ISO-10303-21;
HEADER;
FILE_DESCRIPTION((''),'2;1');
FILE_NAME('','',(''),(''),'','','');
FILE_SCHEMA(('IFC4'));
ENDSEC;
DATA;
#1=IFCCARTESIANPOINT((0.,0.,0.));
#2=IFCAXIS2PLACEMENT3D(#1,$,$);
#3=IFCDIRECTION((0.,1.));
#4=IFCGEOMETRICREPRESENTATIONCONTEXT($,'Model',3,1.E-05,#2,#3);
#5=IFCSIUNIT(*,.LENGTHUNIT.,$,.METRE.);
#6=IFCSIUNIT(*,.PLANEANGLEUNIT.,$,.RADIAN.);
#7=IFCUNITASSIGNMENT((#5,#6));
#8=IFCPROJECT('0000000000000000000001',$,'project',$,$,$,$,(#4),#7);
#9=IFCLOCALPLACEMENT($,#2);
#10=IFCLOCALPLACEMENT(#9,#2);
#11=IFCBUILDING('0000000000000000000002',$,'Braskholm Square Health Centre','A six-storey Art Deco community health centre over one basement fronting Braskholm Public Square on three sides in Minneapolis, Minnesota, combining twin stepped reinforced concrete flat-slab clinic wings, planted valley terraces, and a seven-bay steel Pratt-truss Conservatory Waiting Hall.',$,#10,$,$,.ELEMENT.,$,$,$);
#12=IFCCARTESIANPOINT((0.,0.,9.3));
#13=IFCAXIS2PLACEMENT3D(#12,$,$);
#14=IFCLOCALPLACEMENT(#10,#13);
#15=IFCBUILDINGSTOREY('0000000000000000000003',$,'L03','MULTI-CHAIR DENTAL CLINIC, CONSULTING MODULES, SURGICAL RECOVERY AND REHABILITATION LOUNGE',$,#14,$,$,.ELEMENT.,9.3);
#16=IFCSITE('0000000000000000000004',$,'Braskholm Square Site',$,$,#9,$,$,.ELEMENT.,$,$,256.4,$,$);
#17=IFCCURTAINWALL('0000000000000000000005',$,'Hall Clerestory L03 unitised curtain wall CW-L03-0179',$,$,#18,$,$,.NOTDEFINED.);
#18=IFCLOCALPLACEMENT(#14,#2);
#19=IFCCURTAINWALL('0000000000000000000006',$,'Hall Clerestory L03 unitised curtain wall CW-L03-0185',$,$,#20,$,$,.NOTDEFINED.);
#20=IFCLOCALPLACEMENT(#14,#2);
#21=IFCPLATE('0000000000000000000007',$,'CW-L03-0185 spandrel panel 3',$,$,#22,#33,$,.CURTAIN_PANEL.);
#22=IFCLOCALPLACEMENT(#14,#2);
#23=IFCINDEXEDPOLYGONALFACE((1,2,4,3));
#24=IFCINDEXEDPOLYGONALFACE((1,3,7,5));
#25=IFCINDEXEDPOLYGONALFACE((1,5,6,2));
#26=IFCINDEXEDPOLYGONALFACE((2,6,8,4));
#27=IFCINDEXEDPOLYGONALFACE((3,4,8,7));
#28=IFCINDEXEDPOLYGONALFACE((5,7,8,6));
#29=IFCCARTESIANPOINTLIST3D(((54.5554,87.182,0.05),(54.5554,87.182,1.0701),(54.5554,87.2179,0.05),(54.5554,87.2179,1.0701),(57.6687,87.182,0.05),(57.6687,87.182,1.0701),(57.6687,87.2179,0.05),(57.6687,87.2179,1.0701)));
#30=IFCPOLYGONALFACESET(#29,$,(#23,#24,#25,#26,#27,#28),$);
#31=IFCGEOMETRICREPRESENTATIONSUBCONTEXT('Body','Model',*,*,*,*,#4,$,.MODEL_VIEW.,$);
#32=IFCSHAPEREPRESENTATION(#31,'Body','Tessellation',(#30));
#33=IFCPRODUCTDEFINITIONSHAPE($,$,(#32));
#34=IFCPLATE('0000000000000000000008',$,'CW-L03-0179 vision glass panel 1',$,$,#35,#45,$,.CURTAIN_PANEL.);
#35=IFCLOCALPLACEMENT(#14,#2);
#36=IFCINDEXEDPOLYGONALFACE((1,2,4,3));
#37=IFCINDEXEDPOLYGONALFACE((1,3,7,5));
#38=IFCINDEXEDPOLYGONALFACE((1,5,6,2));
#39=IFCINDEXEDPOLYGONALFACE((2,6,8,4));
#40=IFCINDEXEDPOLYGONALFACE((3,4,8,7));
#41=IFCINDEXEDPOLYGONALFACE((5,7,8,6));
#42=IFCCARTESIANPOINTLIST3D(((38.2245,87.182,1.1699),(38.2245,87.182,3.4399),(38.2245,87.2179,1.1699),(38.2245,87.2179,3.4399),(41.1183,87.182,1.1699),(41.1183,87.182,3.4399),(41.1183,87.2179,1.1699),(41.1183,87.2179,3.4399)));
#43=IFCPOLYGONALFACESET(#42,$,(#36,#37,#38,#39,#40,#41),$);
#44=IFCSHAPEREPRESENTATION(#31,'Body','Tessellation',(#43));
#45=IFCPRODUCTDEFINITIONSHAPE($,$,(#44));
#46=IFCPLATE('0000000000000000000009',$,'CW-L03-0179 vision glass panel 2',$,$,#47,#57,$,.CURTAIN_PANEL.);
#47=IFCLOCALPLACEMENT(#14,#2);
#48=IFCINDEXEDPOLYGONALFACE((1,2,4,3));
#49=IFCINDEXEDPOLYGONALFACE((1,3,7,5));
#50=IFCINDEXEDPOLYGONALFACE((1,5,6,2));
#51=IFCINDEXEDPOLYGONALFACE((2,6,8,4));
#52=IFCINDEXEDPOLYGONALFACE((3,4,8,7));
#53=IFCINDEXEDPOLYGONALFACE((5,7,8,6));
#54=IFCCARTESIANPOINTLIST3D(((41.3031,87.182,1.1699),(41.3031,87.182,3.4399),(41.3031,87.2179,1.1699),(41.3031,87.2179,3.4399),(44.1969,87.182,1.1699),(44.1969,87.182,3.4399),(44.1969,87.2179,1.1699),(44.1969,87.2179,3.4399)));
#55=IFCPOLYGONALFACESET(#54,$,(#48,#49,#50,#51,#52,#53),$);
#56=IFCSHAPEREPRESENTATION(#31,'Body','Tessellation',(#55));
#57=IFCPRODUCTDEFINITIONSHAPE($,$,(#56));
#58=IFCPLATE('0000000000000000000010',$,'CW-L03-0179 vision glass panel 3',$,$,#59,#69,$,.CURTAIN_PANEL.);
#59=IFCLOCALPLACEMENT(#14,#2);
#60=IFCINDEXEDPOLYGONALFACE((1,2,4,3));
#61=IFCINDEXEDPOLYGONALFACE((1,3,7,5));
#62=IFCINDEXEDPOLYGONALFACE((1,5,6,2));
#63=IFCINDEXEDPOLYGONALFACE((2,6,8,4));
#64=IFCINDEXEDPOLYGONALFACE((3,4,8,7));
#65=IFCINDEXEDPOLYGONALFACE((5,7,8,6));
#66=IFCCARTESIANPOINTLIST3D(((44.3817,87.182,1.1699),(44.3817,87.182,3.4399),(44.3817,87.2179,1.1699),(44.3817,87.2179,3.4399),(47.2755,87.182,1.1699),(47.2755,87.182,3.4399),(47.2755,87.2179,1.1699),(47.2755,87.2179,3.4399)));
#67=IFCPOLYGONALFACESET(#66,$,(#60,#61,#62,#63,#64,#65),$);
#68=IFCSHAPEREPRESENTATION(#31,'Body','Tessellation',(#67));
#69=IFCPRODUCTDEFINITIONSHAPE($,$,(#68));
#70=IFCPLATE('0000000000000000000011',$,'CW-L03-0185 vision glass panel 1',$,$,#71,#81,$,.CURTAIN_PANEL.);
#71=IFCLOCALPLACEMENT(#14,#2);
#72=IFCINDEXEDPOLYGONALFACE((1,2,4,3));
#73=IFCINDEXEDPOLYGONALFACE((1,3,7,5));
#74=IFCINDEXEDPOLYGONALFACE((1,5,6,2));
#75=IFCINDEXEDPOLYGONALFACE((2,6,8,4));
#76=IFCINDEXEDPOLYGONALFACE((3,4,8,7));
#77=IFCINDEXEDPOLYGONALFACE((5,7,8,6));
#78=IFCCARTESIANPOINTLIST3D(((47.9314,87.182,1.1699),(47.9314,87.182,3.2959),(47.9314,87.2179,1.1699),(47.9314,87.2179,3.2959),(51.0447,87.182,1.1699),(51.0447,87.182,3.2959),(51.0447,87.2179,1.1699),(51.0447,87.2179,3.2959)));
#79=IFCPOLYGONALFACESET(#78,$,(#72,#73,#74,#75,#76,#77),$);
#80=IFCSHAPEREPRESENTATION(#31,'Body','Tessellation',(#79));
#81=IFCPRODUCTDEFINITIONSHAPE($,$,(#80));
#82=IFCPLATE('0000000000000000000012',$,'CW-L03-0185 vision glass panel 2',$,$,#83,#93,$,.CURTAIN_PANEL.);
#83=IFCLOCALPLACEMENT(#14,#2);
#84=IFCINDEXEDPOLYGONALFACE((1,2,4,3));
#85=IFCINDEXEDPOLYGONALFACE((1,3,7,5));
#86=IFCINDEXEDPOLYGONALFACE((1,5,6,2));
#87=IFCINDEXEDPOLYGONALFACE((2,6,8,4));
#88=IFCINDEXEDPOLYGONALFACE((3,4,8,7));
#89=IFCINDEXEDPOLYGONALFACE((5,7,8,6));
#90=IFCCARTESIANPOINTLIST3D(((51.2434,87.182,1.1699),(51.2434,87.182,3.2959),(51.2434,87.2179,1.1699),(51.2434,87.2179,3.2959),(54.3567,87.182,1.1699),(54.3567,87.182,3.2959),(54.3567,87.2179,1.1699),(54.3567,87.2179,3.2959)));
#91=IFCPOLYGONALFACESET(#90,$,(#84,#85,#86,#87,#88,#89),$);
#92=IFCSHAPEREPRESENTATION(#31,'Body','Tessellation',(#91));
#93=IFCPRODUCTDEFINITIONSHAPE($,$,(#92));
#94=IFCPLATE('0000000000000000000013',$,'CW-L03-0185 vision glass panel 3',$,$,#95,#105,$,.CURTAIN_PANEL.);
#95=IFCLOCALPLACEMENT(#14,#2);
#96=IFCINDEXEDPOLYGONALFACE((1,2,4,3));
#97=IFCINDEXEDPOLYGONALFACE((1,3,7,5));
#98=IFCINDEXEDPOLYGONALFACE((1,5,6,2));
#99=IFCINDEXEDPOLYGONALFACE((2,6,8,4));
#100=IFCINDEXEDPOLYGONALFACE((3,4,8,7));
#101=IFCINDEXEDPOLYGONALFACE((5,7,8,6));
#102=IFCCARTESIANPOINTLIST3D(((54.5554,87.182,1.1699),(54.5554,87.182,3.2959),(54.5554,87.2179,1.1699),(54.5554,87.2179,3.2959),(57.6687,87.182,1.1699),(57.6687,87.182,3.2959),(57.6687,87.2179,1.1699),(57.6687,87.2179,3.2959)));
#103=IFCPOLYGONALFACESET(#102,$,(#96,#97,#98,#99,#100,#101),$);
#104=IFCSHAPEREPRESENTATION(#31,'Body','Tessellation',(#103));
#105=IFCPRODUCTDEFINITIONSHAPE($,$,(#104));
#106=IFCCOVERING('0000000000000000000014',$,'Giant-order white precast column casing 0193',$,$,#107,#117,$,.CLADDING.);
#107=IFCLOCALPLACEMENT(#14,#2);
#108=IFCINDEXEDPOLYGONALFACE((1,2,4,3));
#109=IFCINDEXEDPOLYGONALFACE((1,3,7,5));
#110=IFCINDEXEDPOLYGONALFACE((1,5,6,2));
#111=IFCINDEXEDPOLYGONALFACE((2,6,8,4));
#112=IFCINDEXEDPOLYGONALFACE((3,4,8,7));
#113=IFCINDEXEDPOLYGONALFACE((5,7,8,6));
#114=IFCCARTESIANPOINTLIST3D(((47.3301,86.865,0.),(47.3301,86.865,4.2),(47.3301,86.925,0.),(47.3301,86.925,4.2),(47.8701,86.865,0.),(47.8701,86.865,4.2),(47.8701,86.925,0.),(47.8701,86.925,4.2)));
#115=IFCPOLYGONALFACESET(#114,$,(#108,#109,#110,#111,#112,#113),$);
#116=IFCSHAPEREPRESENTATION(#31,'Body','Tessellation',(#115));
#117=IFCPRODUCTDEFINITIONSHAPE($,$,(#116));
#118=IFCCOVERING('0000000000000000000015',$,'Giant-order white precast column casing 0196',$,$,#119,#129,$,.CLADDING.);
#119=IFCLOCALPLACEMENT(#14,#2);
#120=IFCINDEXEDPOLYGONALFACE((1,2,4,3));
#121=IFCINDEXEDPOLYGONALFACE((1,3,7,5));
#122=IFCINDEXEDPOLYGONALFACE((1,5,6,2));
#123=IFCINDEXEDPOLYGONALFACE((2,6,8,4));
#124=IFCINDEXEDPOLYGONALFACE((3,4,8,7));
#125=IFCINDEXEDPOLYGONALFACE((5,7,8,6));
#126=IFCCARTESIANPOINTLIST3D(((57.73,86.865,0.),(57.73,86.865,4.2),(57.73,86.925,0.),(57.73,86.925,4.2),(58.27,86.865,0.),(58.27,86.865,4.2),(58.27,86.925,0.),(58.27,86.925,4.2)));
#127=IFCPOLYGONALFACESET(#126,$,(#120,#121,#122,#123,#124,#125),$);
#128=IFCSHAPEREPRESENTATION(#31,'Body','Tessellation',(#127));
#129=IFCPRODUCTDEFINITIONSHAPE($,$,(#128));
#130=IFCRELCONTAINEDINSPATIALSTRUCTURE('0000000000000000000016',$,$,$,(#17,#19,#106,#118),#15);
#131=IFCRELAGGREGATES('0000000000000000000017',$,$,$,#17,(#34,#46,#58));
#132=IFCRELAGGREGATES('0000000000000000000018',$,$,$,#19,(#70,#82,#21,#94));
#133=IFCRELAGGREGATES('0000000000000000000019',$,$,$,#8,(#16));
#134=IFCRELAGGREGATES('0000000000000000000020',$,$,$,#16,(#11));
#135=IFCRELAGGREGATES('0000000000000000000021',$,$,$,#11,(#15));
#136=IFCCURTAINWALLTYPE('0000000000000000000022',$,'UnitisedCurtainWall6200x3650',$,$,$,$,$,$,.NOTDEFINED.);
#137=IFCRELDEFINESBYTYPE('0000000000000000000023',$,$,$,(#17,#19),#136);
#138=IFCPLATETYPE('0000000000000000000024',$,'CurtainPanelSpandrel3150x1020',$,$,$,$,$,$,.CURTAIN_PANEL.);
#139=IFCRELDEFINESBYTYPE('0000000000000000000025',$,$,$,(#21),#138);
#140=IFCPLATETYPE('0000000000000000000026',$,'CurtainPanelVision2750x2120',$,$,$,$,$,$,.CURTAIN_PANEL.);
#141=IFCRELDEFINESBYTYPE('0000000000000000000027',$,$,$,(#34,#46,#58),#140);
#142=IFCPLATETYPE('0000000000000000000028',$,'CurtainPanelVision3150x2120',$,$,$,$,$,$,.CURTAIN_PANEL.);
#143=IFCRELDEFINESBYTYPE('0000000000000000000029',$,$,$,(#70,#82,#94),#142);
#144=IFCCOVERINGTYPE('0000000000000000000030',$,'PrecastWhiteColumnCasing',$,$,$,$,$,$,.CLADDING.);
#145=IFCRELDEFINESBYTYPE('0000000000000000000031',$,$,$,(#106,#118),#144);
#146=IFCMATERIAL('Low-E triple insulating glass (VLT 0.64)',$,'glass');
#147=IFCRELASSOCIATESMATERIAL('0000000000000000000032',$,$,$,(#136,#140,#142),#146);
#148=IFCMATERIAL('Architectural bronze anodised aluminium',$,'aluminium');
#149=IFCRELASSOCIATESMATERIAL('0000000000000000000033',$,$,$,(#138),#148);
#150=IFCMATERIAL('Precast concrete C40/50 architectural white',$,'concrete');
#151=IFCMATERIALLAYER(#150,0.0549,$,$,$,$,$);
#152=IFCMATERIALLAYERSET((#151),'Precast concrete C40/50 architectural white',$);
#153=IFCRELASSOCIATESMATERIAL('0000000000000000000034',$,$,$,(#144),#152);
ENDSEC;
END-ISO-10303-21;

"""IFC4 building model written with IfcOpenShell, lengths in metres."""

from ifc_helpers import new_model, si_unit, direction, frame, origin, origin_2d, place, context, subcontext, project, spatial, rectangle, extrude, material, layer, layer_set, type_object, element, aggregate, save


model = new_model("IFC4")

# Units and contexts
model_context = context("Model", 3, precision=1e-05, world=origin(), true_north=direction((0.0, 1.0)))
body_context = subcontext(model_context, "Body", "Model", "MODEL_VIEW")
ifc_project = project(units=[si_unit("LENGTHUNIT", "METRE"), si_unit("PLANEANGLEUNIT", "RADIAN")], contexts=[model_context])

# Site, building, storey
site_placement = place(None, origin())
site = spatial("IfcSite", under=ifc_project, at=site_placement, Name="Braskholm Square Site", CompositionType="ELEMENT", RefElevation=256.4)
building_placement = place(site_placement, origin())
building = spatial("IfcBuilding", under=site, at=building_placement, Name="Braskholm Square Health Centre", Description="A six-storey Art Deco community health centre over one basement fronting Braskholm Public Square on three sides in Minneapolis, Minnesota, combining twin stepped reinforced concrete flat-slab clinic wings, planted valley terraces, and a seven-bay steel Pratt-truss Conservatory Waiting Hall.", CompositionType="ELEMENT")
storey_placement = place(building_placement, frame((0.0, 0.0, 9.3)))
storey = spatial("IfcBuildingStorey", under=building, at=storey_placement, Name="L03", Description="MULTI-CHAIR DENTAL CLINIC, CONSULTING MODULES, SURGICAL RECOVERY AND REHABILITATION LOUNGE", CompositionType="ELEMENT", Elevation=9.3)

# Shared definitions
ifc_material_1 = material(Name="Precast concrete C40/50 architectural white", Category="concrete")

# Curtain walls
ifc_material_2 = material(Name="Low-E triple insulating glass (VLT 0.64)", Category="glass")
curtain_wall_type = type_object("IfcCurtainWallType", Name="UnitisedCurtainWall6200x3650", PredefinedType="NOTDEFINED", material=ifc_material_2)
curtain_wall_1_placement = place(storey_placement, origin())
curtain_wall_1 = element("IfcCurtainWall", 1, at=curtain_wall_1_placement, inside=storey, type_object=curtain_wall_type, Name="Hall Clerestory L03 unitised curtain wall CW-L03-0179", PredefinedType="NOTDEFINED")
ifc_material_3 = material(Name="Architectural bronze anodised aluminium", Category="aluminium")
curtain_wall_2_placement = place(storey_placement, origin())
curtain_wall_2 = element("IfcCurtainWall", 2, at=curtain_wall_2_placement, inside=storey, type_object=curtain_wall_type, Name="Hall Clerestory L03 unitised curtain wall CW-L03-0185", PredefinedType="NOTDEFINED")

# Plates
plate_type_1 = type_object("IfcPlateType", Name="CurtainPanelSpandrel3150x1020", PredefinedType="CURTAIN_PANEL", material=ifc_material_3)
plate_1_placement = place(storey_placement, frame((56.1121, 87.2, 0.05), z_axis=(0.0, 0.0, 1.0), x_axis=(1.0, 0.0, 0.0)))
plate_1 = element("IfcPlate", 3, at=plate_1_placement, type_object=plate_type_1, Name="CW-L03-0185 spandrel panel 3", PredefinedType="CURTAIN_PANEL", context=body_context, shape_type="SweptSolid", body=[
    extrude(rectangle(XDim=3.1133, YDim=0.0359, at=origin_2d()), origin(), (0.0, 0.0, 1.0), 1.02),
])
plate_type_2 = type_object("IfcPlateType", Name="CurtainPanelVision2750x2120", PredefinedType="CURTAIN_PANEL", material=ifc_material_2)
plate_2_placement = place(storey_placement, frame((39.6714, 87.2, 1.1699), z_axis=(0.0, 0.0, 1.0), x_axis=(1.0, 0.0, 0.0)))
plate_2 = element("IfcPlate", 4, at=plate_2_placement, type_object=plate_type_2, Name="CW-L03-0179 vision glass panel 1", PredefinedType="CURTAIN_PANEL", context=body_context, shape_type="SweptSolid", body=[
    extrude(rectangle(XDim=2.8938, YDim=0.0359, at=origin_2d()), origin(), (0.0, 0.0, 1.0), 2.27),
])
plate_3_placement = place(storey_placement, frame((42.75, 87.2, 1.1699), z_axis=(0.0, 0.0, 1.0), x_axis=(1.0, 0.0, 0.0)))
plate_3 = element("IfcPlate", 5, at=plate_3_placement, type_object=plate_type_2, Name="CW-L03-0179 vision glass panel 2", PredefinedType="CURTAIN_PANEL", context=body_context, shape_type="SweptSolid", body=[
    extrude(rectangle(XDim=2.8938, YDim=0.0359, at=origin_2d()), origin(), (0.0, 0.0, 1.0), 2.27),
])
plate_4_placement = place(storey_placement, frame((45.8286, 87.2, 1.1699), z_axis=(0.0, 0.0, 1.0), x_axis=(1.0, 0.0, 0.0)))
plate_4 = element("IfcPlate", 6, at=plate_4_placement, type_object=plate_type_2, Name="CW-L03-0179 vision glass panel 3", PredefinedType="CURTAIN_PANEL", context=body_context, shape_type="SweptSolid", body=[
    extrude(rectangle(XDim=2.8938, YDim=0.0359, at=origin_2d()), origin(), (0.0, 0.0, 1.0), 2.27),
])
aggregate(curtain_wall_1, [plate_2, plate_3, plate_4])
plate_type_3 = type_object("IfcPlateType", Name="CurtainPanelVision3150x2120", PredefinedType="CURTAIN_PANEL", material=ifc_material_2)
plate_5_placement = place(storey_placement, frame((49.488, 87.2, 1.1699), z_axis=(0.0, 0.0, 1.0), x_axis=(1.0, 0.0, 0.0)))
plate_5 = element("IfcPlate", 7, at=plate_5_placement, type_object=plate_type_3, Name="CW-L03-0185 vision glass panel 1", PredefinedType="CURTAIN_PANEL", context=body_context, shape_type="SweptSolid", body=[
    extrude(rectangle(XDim=3.1133, YDim=0.0359, at=origin_2d()), origin(), (0.0, 0.0, 1.0), 2.126),
])
plate_6_placement = place(storey_placement, frame((52.8, 87.2, 1.1699), z_axis=(0.0, 0.0, 1.0), x_axis=(1.0, 0.0, 0.0)))
plate_6 = element("IfcPlate", 8, at=plate_6_placement, type_object=plate_type_3, Name="CW-L03-0185 vision glass panel 2", PredefinedType="CURTAIN_PANEL", context=body_context, shape_type="SweptSolid", body=[
    extrude(rectangle(XDim=3.1133, YDim=0.0359, at=origin_2d()), origin(), (0.0, 0.0, 1.0), 2.126),
])
plate_7_placement = place(storey_placement, frame((56.1121, 87.2, 1.1699), z_axis=(0.0, 0.0, 1.0), x_axis=(1.0, 0.0, 0.0)))
plate_7 = element("IfcPlate", 9, at=plate_7_placement, type_object=plate_type_3, Name="CW-L03-0185 vision glass panel 3", PredefinedType="CURTAIN_PANEL", context=body_context, shape_type="SweptSolid", body=[
    extrude(rectangle(XDim=3.1133, YDim=0.0359, at=origin_2d()), origin(), (0.0, 0.0, 1.0), 2.126),
])
aggregate(curtain_wall_2, [plate_5, plate_6, plate_1, plate_7])

# Coverings
ifc_layer_1 = layer(ifc_material_1, 0.0549)
ifc_layer_set_1 = layer_set([ifc_layer_1], Name="Precast concrete C40/50 architectural white")
covering_type = type_object("IfcCoveringType", Name="PrecastWhiteColumnCasing", PredefinedType="CLADDING", material=ifc_layer_set_1)
for number, where, z_axis, x_axis, name in (
    (10, (47.6001, 86.895, 0.0), (0.0, 0.0, 1.0), (1.0, 0.0, 0.0), "Giant-order white precast column casing 0193"),
    (11, (58.0, 86.895, 0.0), (0.0, 0.0, 1.0), (1.0, 0.0, 0.0), "Giant-order white precast column casing 0196"),
):
    element("IfcCovering", number, at=place(storey_placement, frame(where, z_axis=z_axis, x_axis=x_axis)), inside=storey, type_object=covering_type, Name=name, PredefinedType="CLADDING", context=body_context, shape_type="SweptSolid", body=[
        extrude(rectangle(XDim=0.54, YDim=0.0601, at=origin_2d()), origin(), (0.0, 0.0, 1.0), 4.2),
    ])

save(model, "model.ifc")
